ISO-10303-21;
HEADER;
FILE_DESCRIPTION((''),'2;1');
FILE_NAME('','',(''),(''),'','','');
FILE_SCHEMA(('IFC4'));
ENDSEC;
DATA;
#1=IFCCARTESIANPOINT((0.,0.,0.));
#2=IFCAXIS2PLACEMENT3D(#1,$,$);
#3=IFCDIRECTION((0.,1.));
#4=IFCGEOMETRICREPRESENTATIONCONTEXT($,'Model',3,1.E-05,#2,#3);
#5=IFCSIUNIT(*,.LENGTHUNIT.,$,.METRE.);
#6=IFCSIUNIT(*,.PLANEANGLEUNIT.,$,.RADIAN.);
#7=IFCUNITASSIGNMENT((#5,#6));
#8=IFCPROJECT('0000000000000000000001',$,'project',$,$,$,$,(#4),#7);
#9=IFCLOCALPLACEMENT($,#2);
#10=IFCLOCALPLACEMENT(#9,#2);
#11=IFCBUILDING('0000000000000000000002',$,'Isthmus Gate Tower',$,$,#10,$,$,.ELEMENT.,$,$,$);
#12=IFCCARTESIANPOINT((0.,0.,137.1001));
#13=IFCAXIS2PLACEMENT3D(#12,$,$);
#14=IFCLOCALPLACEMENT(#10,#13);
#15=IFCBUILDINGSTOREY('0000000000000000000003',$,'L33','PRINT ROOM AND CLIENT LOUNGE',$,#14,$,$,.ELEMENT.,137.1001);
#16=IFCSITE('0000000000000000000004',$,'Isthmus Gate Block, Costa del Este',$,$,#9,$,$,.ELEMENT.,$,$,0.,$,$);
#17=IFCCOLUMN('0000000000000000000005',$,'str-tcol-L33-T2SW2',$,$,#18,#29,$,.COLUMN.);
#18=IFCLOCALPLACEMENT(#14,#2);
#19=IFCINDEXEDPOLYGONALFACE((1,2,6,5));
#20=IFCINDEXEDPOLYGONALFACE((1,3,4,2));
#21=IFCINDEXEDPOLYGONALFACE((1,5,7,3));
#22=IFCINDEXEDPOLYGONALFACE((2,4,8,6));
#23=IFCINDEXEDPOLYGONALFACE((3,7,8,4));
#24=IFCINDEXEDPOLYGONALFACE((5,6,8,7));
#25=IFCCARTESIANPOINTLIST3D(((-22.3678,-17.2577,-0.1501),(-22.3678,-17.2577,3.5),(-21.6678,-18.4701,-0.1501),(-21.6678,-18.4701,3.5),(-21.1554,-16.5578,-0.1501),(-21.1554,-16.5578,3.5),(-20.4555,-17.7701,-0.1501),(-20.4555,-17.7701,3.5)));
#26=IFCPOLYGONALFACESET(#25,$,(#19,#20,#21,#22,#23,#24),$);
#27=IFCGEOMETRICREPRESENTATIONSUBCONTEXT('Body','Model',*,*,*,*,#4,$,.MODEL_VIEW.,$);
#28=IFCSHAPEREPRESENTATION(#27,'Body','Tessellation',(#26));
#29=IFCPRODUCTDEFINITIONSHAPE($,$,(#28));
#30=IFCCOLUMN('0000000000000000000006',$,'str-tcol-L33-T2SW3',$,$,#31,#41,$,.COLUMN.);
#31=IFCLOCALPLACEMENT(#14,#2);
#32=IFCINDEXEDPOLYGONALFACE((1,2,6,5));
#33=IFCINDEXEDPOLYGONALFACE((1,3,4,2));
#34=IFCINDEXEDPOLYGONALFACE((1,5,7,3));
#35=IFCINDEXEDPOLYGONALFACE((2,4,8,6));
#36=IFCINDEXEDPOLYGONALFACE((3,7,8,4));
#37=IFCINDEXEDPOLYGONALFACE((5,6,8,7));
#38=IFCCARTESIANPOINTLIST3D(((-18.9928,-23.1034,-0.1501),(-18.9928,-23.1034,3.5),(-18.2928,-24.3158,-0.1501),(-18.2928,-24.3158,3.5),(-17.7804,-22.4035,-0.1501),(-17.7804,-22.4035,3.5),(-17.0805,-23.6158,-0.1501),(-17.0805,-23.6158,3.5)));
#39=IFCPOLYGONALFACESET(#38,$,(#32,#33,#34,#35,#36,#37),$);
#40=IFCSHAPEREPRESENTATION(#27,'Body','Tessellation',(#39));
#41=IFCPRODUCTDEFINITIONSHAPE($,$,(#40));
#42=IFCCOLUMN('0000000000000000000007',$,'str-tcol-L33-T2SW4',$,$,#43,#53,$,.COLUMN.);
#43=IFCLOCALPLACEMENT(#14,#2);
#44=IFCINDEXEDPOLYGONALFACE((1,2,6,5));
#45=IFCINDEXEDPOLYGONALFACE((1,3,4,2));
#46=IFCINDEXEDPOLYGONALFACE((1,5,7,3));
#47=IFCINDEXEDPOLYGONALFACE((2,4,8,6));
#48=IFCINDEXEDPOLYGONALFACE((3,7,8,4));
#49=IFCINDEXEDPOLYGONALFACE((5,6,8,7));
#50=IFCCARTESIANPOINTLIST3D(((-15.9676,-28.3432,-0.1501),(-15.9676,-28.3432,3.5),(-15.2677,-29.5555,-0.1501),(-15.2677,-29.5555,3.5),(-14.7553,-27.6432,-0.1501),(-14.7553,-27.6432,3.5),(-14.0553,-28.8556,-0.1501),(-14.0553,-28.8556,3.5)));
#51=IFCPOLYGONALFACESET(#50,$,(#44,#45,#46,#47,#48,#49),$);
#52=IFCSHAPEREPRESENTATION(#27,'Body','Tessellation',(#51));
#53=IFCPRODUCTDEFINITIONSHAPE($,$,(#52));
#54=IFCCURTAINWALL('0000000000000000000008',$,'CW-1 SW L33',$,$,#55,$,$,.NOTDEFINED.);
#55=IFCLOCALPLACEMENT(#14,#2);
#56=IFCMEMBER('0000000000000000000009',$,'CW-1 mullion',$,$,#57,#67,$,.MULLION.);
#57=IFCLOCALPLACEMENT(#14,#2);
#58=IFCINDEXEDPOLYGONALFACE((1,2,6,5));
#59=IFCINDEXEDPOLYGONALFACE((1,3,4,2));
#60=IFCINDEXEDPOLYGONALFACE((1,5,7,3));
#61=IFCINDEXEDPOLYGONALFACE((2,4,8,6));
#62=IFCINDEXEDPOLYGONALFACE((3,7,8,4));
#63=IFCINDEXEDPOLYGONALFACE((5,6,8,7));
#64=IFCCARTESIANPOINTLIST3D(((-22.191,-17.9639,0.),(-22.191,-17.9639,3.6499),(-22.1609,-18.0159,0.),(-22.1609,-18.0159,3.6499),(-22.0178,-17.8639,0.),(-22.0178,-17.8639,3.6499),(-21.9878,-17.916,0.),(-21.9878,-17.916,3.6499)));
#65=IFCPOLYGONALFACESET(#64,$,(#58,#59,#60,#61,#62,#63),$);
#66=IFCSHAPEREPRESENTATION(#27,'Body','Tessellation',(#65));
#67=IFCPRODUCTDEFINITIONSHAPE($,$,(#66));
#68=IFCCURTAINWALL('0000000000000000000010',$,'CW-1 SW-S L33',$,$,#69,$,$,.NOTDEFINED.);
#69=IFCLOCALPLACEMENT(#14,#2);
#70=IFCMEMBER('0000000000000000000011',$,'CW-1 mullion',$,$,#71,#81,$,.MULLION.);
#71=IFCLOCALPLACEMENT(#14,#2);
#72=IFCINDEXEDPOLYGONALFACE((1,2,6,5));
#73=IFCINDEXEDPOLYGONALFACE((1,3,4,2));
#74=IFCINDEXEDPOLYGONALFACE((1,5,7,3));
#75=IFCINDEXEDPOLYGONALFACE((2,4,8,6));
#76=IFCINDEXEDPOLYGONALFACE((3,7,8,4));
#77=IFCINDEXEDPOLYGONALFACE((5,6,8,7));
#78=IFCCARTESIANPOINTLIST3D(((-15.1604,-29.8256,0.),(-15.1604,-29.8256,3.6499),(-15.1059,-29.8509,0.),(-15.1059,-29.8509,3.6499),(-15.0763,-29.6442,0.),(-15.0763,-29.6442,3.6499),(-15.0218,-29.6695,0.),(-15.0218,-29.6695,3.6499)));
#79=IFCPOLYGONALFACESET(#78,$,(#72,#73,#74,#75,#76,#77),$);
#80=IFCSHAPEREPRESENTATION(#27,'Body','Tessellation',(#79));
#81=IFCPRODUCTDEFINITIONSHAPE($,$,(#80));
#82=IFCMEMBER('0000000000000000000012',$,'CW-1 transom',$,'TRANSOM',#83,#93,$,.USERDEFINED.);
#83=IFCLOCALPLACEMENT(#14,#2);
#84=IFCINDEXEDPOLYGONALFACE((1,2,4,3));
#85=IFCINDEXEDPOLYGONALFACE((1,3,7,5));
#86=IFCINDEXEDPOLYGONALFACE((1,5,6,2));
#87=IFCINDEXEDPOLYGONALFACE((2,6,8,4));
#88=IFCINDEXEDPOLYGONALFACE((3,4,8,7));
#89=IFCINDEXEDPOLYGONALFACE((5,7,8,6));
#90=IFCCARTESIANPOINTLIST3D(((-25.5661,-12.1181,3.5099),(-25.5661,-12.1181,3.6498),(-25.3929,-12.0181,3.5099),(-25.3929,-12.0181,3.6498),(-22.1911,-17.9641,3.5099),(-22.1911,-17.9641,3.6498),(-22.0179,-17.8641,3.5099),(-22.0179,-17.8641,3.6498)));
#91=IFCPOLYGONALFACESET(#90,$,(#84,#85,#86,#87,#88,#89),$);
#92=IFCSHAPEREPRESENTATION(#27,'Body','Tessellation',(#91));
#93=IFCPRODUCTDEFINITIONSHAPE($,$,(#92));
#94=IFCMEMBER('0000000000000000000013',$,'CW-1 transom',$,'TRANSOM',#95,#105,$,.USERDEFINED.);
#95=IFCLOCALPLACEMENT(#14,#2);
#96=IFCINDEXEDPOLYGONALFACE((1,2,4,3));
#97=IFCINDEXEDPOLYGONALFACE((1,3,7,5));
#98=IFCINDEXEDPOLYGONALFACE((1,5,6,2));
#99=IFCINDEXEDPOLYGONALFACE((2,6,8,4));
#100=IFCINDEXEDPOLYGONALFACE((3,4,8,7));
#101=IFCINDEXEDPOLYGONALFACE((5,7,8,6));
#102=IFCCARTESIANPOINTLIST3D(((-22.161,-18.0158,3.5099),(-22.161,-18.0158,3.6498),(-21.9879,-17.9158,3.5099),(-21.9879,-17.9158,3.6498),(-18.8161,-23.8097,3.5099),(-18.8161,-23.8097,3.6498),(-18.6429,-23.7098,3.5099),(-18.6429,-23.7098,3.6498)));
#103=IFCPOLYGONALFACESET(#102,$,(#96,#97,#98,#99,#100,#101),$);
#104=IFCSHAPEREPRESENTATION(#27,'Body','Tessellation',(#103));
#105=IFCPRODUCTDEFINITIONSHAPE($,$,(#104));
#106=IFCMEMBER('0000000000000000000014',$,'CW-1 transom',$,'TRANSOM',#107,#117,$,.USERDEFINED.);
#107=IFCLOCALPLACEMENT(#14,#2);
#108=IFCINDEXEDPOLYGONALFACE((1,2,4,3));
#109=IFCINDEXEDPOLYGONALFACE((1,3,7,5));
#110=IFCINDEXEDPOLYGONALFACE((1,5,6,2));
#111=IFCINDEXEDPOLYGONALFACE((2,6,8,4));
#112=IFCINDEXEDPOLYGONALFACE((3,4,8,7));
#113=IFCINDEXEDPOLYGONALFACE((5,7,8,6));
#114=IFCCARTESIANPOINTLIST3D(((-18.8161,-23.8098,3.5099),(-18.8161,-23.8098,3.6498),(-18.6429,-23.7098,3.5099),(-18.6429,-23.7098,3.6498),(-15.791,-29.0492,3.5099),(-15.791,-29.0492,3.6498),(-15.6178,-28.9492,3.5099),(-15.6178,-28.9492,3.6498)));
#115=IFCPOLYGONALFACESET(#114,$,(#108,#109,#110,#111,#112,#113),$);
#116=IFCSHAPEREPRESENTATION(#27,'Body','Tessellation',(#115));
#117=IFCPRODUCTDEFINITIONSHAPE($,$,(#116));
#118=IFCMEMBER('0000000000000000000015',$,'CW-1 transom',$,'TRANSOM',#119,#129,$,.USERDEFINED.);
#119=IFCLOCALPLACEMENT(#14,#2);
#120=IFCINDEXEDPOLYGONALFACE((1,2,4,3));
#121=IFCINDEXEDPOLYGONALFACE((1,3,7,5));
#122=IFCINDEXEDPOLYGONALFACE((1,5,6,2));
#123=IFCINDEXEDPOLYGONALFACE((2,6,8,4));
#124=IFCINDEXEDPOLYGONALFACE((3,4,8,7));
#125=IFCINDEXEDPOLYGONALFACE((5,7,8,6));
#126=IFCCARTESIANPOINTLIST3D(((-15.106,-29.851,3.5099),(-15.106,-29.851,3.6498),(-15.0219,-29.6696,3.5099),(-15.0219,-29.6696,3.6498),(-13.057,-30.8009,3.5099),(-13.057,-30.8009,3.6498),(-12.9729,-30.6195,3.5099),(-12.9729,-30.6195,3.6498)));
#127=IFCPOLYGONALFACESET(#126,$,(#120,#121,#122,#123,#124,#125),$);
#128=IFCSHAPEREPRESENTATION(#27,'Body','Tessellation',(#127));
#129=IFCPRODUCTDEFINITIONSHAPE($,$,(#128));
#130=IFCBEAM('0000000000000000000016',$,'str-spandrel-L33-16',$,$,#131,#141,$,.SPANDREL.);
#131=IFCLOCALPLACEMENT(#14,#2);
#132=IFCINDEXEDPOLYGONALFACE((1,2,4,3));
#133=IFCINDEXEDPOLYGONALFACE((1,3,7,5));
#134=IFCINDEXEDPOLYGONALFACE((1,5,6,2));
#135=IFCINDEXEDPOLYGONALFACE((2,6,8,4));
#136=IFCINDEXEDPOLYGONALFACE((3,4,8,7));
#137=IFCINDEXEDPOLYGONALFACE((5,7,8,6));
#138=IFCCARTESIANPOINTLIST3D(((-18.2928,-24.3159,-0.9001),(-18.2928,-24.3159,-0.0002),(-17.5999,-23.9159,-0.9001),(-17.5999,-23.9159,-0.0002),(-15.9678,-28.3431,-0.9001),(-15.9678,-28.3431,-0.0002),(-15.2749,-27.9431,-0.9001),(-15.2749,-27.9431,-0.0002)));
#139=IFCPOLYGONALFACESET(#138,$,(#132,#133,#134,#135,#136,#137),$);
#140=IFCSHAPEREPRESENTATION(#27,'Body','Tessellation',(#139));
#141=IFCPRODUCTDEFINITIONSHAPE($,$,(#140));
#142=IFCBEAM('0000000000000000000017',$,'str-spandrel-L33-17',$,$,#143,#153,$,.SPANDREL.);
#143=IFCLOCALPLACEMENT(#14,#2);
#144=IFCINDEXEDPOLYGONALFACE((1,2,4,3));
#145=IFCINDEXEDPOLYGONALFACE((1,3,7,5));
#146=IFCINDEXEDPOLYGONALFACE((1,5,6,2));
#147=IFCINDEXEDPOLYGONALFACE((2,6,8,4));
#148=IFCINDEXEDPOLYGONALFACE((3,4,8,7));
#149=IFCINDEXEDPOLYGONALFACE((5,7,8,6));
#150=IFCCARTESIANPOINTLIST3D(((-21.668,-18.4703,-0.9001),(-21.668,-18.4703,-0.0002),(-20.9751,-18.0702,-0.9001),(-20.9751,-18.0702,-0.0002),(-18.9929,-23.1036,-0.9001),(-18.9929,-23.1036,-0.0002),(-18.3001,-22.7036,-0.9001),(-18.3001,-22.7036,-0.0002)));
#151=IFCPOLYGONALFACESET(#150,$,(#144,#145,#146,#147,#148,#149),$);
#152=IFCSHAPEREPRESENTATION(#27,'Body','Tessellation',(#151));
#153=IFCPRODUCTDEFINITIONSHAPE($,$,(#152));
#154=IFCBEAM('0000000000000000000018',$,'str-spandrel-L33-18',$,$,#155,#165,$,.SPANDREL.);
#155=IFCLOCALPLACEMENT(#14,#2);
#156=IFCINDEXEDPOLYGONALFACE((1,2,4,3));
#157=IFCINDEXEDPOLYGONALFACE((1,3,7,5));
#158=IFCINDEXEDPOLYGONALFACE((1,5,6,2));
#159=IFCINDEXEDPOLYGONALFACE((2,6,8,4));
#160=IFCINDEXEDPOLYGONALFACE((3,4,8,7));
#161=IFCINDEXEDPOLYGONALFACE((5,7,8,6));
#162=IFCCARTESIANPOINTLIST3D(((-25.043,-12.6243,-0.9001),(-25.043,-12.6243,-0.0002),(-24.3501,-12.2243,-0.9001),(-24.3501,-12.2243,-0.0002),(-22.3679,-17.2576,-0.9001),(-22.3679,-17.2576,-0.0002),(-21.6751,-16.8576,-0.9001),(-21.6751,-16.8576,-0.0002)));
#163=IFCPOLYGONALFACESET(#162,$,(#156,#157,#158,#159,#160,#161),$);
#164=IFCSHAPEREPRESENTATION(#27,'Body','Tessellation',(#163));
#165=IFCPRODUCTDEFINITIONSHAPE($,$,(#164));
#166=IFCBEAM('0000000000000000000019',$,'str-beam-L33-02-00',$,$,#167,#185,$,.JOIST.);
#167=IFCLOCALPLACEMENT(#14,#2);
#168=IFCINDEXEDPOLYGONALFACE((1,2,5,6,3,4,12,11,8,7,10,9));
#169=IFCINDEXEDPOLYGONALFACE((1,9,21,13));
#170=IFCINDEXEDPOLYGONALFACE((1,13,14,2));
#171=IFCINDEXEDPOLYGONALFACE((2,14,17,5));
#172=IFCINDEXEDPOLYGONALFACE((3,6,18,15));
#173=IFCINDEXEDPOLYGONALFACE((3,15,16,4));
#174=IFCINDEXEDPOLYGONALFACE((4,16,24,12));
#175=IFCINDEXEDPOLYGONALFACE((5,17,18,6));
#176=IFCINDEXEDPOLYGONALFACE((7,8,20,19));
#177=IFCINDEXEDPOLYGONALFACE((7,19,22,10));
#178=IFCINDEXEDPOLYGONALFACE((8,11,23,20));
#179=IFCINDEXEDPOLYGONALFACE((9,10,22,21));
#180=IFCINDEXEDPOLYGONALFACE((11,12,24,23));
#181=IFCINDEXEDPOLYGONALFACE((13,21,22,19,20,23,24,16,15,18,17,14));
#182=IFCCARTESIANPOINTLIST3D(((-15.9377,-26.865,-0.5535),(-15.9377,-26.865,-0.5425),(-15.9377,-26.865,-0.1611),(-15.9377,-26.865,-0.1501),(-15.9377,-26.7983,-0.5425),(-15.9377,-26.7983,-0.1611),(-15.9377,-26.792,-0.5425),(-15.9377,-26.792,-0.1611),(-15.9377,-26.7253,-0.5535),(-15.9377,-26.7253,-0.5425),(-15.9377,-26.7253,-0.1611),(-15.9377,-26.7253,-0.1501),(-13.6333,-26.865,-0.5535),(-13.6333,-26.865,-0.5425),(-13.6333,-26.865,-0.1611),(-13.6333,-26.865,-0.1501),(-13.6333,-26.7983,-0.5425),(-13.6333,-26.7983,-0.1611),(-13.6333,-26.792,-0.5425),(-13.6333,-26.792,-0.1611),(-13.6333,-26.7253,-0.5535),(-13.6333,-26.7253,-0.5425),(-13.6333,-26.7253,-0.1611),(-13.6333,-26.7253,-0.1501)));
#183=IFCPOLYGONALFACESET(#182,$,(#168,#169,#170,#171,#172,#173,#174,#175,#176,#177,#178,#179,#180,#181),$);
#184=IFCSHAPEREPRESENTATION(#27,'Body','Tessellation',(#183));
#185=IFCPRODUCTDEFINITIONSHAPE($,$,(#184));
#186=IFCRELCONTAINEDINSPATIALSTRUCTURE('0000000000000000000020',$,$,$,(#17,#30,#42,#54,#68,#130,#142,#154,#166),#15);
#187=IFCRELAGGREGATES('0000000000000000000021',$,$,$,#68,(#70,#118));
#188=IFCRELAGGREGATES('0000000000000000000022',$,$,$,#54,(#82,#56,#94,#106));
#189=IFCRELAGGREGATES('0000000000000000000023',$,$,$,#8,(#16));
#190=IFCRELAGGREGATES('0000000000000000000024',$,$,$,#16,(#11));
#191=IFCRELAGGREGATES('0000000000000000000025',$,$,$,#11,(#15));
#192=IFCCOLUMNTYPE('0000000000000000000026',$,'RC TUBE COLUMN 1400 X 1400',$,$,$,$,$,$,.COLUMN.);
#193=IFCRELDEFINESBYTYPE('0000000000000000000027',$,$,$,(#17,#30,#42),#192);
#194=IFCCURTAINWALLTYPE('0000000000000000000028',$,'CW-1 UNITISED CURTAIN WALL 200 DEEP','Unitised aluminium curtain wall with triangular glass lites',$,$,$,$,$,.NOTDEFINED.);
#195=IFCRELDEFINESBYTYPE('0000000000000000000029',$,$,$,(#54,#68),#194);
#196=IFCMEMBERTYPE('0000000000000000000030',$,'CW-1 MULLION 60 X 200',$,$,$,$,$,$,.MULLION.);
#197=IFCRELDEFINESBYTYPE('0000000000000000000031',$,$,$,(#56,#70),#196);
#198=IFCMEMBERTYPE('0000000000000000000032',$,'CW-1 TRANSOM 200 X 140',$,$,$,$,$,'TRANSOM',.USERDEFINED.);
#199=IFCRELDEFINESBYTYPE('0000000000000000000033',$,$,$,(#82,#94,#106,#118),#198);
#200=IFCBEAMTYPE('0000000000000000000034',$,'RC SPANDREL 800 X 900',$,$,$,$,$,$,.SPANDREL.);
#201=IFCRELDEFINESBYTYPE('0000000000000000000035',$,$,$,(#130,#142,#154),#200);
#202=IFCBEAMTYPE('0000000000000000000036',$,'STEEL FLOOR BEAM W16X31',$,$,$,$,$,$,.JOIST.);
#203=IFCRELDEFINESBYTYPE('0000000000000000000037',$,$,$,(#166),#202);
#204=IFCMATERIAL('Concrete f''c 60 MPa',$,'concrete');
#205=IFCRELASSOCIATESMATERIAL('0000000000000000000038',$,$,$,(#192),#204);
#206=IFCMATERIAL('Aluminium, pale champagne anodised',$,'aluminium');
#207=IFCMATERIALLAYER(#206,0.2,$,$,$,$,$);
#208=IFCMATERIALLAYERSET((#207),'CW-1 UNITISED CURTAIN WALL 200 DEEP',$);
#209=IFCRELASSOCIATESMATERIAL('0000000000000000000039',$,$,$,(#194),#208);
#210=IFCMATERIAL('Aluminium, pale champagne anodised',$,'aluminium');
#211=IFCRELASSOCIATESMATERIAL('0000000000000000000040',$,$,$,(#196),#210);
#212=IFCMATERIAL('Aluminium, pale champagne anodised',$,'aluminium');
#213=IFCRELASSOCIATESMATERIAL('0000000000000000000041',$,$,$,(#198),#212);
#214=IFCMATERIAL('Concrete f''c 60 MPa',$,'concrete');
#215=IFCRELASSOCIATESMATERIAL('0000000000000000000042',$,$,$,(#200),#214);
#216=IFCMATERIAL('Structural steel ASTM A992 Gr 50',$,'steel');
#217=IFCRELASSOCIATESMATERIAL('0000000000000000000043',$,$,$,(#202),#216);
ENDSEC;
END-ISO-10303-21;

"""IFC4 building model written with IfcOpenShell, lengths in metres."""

from ifc_helpers import new_model, si_unit, direction, frame, origin, origin_2d, place, context, subcontext, project, spatial, rectangle, i_section, extrude, material, layer, layer_set, material_profile, profile_set, type_object, element, aggregate, save


model = new_model("IFC4")

# Units and contexts
model_context = context("Model", 3, precision=1e-05, world=origin(), true_north=direction((0.0, 1.0)))
body_context = subcontext(model_context, "Body", "Model", "MODEL_VIEW")
ifc_project = project(units=[si_unit("LENGTHUNIT", "METRE"), si_unit("PLANEANGLEUNIT", "RADIAN")], contexts=[model_context])

# Site, building, storey
site_placement = place(None, origin())
site = spatial("IfcSite", under=ifc_project, at=site_placement, Name="Isthmus Gate Block, Costa del Este", CompositionType="ELEMENT", RefElevation=0.0)
building_placement = place(site_placement, origin())
building = spatial("IfcBuilding", under=site, at=building_placement, Name="Isthmus Gate Tower", CompositionType="ELEMENT")
storey_placement = place(building_placement, frame((0.0, 0.0, 137.1001)))
storey = spatial("IfcBuildingStorey", under=building, at=storey_placement, Name="L33", Description="PRINT ROOM AND CLIENT LOUNGE", CompositionType="ELEMENT", Elevation=137.1001)

# Columns
ifc_material_1 = material(Name="Concrete f'c 60 MPa", Category="concrete")
ifc_material_profile_1 = material_profile(ifc_material_1, rectangle(XDim=1.3999, YDim=1.3999, at=origin_2d()), Name="RC 1400X1400")
ifc_profile_set_1 = profile_set([ifc_material_profile_1], Name="Concrete f'c 60 MPa")
column_type = type_object("IfcColumnType", Name="RC TUBE COLUMN 1400 X 1400", PredefinedType="COLUMN", material=ifc_profile_set_1)
for number, where, z_axis, x_axis, name in (
    (1, (-21.4116, -17.5139, -0.1501), (0.0, 0.0, 1.0), (0.5, -0.866025, 0.0), "str-tcol-L33-T2SW2"),
    (2, (-18.0366, -23.3596, -0.1501), (0.0, 0.0, 1.0), (0.5, -0.866025, 0.0), "str-tcol-L33-T2SW3"),
    (3, (-15.0115, -28.5994, -0.1501), (0.0, 0.0, 1.0), (0.5, -0.866025, 0.0), "str-tcol-L33-T2SW4"),
):
    element("IfcColumn", number, at=place(storey_placement, frame(where, z_axis=z_axis, x_axis=x_axis)), inside=storey, type_object=column_type, Name=name, PredefinedType="COLUMN", context=body_context, shape_type="SweptSolid", body=[
        extrude(rectangle(XDim=1.3999, YDim=1.3999, at=origin_2d()), origin(), (0.0, 0.0, 1.0), 3.6501),
    ])

# Curtain walls, members
ifc_material_2 = material(Name="Aluminium, pale champagne anodised", Category="aluminium")
ifc_layer_1 = layer(ifc_material_2, 0.2)
ifc_layer_set_1 = layer_set([ifc_layer_1], Name="CW-1 UNITISED CURTAIN WALL 200 DEEP")
curtain_wall_type = type_object("IfcCurtainWallType", Name="CW-1 UNITISED CURTAIN WALL 200 DEEP", Description="Unitised aluminium curtain wall with triangular glass lites", PredefinedType="NOTDEFINED", material=ifc_layer_set_1)
curtain_wall_1_placement = place(storey_placement, origin())
curtain_wall_1 = element("IfcCurtainWall", 4, at=curtain_wall_1_placement, inside=storey, type_object=curtain_wall_type, Name="CW-1 SW L33", PredefinedType="NOTDEFINED")
ifc_material_3 = material(Name="Aluminium, pale champagne anodised", Category="aluminium")
ifc_material_profile_2 = material_profile(ifc_material_3, rectangle(XDim=0.0601, YDim=0.2, at=origin_2d()), Name="60x200")
ifc_profile_set_2 = profile_set([ifc_material_profile_2], Name="Aluminium, pale champagne anodised")
member_type_1 = type_object("IfcMemberType", Name="CW-1 MULLION 60 X 200", PredefinedType="MULLION", material=ifc_profile_set_2)
member_1_placement = place(storey_placement, frame((-22.0894, -17.9399, 0.0), z_axis=(0.0, 0.0, 1.0), x_axis=(0.5, -0.866025, 0.0)))
member_1 = element("IfcMember", 5, at=member_1_placement, type_object=member_type_1, Name="CW-1 mullion", PredefinedType="MULLION", context=body_context, shape_type="SweptSolid", body=[
    extrude(rectangle(XDim=0.0601, YDim=0.2, at=origin_2d()), origin(), (0.0, 0.0, 1.0), 3.6499),
])
curtain_wall_2_placement = place(storey_placement, origin())
curtain_wall_2 = element("IfcCurtainWall", 6, at=curtain_wall_2_placement, inside=storey, type_object=curtain_wall_type, Name="CW-1 SW-S L33", PredefinedType="NOTDEFINED")
member_2_placement = place(storey_placement, frame((-15.0911, -29.7476, 0.0), z_axis=(0.0, 0.0, 1.0), x_axis=(0.907256, -0.420578, 0.0)))
member_2 = element("IfcMember", 7, at=member_2_placement, type_object=member_type_1, Name="CW-1 mullion", PredefinedType="MULLION", context=body_context, shape_type="SweptSolid", body=[
    extrude(rectangle(XDim=0.0601, YDim=0.2, at=origin_2d()), origin(), (0.0, 0.0, 1.0), 3.6499),
])

# Members
ifc_material_4 = material(Name="Aluminium, pale champagne anodised", Category="aluminium")
ifc_material_profile_3 = material_profile(ifc_material_4, rectangle(XDim=0.2, YDim=0.1399, at=origin_2d()), Name="200x140")
ifc_profile_set_3 = profile_set([ifc_material_profile_3], Name="Aluminium, pale champagne anodised")
member_type_2 = type_object("IfcMemberType", Name="CW-1 TRANSOM 200 X 140", ElementType="TRANSOM", PredefinedType="USERDEFINED", material=ifc_profile_set_3)
member_3_placement = place(storey_placement, frame((-25.4795, -12.0681, 3.5798), z_axis=(0.499982, -0.866036, 0.0), x_axis=(0.866036, 0.499982, 0.0)))
member_3 = element("IfcMember", 8, at=member_3_placement, type_object=member_type_2, Name="CW-1 transom", ObjectType="TRANSOM", PredefinedType="USERDEFINED", context=body_context, shape_type="SweptSolid", body=[
    extrude(rectangle(XDim=0.2, YDim=0.1399, at=origin_2d()), origin(), (0.0, 0.0, 1.0), 6.7502),
])
member_4_placement = place(storey_placement, frame((-22.0745, -17.9658, 3.5798), z_axis=(0.499981, -0.866036, 0.0), x_axis=(0.866036, 0.499981, 0.0)))
member_4 = element("IfcMember", 9, at=member_4_placement, type_object=member_type_2, Name="CW-1 transom", ObjectType="TRANSOM", PredefinedType="USERDEFINED", context=body_context, shape_type="SweptSolid", body=[
    extrude(rectangle(XDim=0.2, YDim=0.1399, at=origin_2d()), origin(), (0.0, 0.0, 1.0), 6.6902),
])
member_5_placement = place(storey_placement, frame((-18.7295, -23.7598, 3.5798), z_axis=(0.500015, -0.866017, 0.0), x_axis=(0.866017, 0.500015, 0.0)))
member_5 = element("IfcMember", 10, at=member_5_placement, type_object=member_type_2, Name="CW-1 transom", ObjectType="TRANSOM", PredefinedType="USERDEFINED", context=body_context, shape_type="SweptSolid", body=[
    extrude(rectangle(XDim=0.2, YDim=0.1399, at=origin_2d()), origin(), (0.0, 0.0, 1.0), 6.05),
])
member_6_placement = place(storey_placement, frame((-15.064, -29.7603, 3.5798), z_axis=(0.907246, -0.4206, 0.0), x_axis=(0.4206, 0.907246, 0.0)))
member_6 = element("IfcMember", 11, at=member_6_placement, type_object=member_type_2, Name="CW-1 transom", ObjectType="TRANSOM", PredefinedType="USERDEFINED", context=body_context, shape_type="SweptSolid", body=[
    extrude(rectangle(XDim=0.2, YDim=0.1399, at=origin_2d()), origin(), (0.0, 0.0, 1.0), 2.2585),
])
aggregate(curtain_wall_2, [member_2, member_6])

# Beams
ifc_material_5 = material(Name="Concrete f'c 60 MPa", Category="concrete")
ifc_material_profile_4 = material_profile(ifc_material_5, rectangle(XDim=0.8, YDim=0.8999, at=origin_2d()), Name="RC 800X900")
ifc_profile_set_4 = profile_set([ifc_material_profile_4], Name="Concrete f'c 60 MPa")
beam_type_1 = type_object("IfcBeamType", Name="RC SPANDREL 800 X 900", PredefinedType="SPANDREL", material=ifc_profile_set_4)
beam_1_placement = place(storey_placement, frame((-15.6213, -28.1431, -0.4502), z_axis=(-0.499985, 0.866034, 0.0), x_axis=(-0.866034, -0.499985, 0.0)))
element("IfcBeam", 12, at=beam_1_placement, inside=storey, type_object=beam_type_1, Name="str-spandrel-L33-16", PredefinedType="SPANDREL", context=body_context, shape_type="SweptSolid", body=[
    extrude(rectangle(XDim=0.8, YDim=0.8999, at=origin_2d()), origin(), (0.0, 0.0, 1.0), 4.6501),
])
for number, where, z_axis, x_axis, name in (
    (13, (-18.6465, -22.9036, -0.4502), (-0.500002, 0.866024, 0.0), (-0.866024, -0.500002, 0.0), "str-spandrel-L33-17"),
    (14, (-22.0215, -17.0576, -0.4502), (-0.500002, 0.866024, 0.0), (-0.866024, -0.500002, 0.0), "str-spandrel-L33-18"),
):
    element("IfcBeam", number, at=place(storey_placement, frame(where, z_axis=z_axis, x_axis=x_axis)), inside=storey, type_object=beam_type_1, Name=name, PredefinedType="SPANDREL", context=body_context, shape_type="SweptSolid", body=[
        extrude(rectangle(XDim=0.8, YDim=0.8999, at=origin_2d()), origin(), (0.0, 0.0, 1.0), 5.3501),
    ])
ifc_material_6 = material(Name="Structural steel ASTM A992 Gr 50", Category="steel")
ifc_material_profile_5 = material_profile(ifc_material_6, i_section(OverallWidth=0.1396, OverallDepth=0.4033, WebThickness=0.0063, FlangeThickness=0.011, at=origin_2d()), Name="W16X31")
ifc_profile_set_5 = profile_set([ifc_material_profile_5], Name="Structural steel ASTM A992 Gr 50")
beam_type_2 = type_object("IfcBeamType", Name="STEEL FLOOR BEAM W16X31", PredefinedType="JOIST", material=ifc_profile_set_5)
beam_2_placement = place(storey_placement, frame((-15.9377, -26.7952, -0.3518), z_axis=(1.0, 0.0, 0.0), x_axis=(0.0, 1.0, 0.0)))
element("IfcBeam", 15, at=beam_2_placement, inside=storey, type_object=beam_type_2, Name="str-beam-L33-02-00", PredefinedType="JOIST", context=body_context, shape_type="SweptSolid", body=[
    extrude(i_section(OverallWidth=0.1396, OverallDepth=0.4033, WebThickness=0.0063, FlangeThickness=0.011, at=origin_2d()), origin(), (0.0, 0.0, 1.0), 2.3044),
])

aggregate(curtain_wall_1, [member_3, member_1, member_4, member_5])

save(model, "model.ifc")
